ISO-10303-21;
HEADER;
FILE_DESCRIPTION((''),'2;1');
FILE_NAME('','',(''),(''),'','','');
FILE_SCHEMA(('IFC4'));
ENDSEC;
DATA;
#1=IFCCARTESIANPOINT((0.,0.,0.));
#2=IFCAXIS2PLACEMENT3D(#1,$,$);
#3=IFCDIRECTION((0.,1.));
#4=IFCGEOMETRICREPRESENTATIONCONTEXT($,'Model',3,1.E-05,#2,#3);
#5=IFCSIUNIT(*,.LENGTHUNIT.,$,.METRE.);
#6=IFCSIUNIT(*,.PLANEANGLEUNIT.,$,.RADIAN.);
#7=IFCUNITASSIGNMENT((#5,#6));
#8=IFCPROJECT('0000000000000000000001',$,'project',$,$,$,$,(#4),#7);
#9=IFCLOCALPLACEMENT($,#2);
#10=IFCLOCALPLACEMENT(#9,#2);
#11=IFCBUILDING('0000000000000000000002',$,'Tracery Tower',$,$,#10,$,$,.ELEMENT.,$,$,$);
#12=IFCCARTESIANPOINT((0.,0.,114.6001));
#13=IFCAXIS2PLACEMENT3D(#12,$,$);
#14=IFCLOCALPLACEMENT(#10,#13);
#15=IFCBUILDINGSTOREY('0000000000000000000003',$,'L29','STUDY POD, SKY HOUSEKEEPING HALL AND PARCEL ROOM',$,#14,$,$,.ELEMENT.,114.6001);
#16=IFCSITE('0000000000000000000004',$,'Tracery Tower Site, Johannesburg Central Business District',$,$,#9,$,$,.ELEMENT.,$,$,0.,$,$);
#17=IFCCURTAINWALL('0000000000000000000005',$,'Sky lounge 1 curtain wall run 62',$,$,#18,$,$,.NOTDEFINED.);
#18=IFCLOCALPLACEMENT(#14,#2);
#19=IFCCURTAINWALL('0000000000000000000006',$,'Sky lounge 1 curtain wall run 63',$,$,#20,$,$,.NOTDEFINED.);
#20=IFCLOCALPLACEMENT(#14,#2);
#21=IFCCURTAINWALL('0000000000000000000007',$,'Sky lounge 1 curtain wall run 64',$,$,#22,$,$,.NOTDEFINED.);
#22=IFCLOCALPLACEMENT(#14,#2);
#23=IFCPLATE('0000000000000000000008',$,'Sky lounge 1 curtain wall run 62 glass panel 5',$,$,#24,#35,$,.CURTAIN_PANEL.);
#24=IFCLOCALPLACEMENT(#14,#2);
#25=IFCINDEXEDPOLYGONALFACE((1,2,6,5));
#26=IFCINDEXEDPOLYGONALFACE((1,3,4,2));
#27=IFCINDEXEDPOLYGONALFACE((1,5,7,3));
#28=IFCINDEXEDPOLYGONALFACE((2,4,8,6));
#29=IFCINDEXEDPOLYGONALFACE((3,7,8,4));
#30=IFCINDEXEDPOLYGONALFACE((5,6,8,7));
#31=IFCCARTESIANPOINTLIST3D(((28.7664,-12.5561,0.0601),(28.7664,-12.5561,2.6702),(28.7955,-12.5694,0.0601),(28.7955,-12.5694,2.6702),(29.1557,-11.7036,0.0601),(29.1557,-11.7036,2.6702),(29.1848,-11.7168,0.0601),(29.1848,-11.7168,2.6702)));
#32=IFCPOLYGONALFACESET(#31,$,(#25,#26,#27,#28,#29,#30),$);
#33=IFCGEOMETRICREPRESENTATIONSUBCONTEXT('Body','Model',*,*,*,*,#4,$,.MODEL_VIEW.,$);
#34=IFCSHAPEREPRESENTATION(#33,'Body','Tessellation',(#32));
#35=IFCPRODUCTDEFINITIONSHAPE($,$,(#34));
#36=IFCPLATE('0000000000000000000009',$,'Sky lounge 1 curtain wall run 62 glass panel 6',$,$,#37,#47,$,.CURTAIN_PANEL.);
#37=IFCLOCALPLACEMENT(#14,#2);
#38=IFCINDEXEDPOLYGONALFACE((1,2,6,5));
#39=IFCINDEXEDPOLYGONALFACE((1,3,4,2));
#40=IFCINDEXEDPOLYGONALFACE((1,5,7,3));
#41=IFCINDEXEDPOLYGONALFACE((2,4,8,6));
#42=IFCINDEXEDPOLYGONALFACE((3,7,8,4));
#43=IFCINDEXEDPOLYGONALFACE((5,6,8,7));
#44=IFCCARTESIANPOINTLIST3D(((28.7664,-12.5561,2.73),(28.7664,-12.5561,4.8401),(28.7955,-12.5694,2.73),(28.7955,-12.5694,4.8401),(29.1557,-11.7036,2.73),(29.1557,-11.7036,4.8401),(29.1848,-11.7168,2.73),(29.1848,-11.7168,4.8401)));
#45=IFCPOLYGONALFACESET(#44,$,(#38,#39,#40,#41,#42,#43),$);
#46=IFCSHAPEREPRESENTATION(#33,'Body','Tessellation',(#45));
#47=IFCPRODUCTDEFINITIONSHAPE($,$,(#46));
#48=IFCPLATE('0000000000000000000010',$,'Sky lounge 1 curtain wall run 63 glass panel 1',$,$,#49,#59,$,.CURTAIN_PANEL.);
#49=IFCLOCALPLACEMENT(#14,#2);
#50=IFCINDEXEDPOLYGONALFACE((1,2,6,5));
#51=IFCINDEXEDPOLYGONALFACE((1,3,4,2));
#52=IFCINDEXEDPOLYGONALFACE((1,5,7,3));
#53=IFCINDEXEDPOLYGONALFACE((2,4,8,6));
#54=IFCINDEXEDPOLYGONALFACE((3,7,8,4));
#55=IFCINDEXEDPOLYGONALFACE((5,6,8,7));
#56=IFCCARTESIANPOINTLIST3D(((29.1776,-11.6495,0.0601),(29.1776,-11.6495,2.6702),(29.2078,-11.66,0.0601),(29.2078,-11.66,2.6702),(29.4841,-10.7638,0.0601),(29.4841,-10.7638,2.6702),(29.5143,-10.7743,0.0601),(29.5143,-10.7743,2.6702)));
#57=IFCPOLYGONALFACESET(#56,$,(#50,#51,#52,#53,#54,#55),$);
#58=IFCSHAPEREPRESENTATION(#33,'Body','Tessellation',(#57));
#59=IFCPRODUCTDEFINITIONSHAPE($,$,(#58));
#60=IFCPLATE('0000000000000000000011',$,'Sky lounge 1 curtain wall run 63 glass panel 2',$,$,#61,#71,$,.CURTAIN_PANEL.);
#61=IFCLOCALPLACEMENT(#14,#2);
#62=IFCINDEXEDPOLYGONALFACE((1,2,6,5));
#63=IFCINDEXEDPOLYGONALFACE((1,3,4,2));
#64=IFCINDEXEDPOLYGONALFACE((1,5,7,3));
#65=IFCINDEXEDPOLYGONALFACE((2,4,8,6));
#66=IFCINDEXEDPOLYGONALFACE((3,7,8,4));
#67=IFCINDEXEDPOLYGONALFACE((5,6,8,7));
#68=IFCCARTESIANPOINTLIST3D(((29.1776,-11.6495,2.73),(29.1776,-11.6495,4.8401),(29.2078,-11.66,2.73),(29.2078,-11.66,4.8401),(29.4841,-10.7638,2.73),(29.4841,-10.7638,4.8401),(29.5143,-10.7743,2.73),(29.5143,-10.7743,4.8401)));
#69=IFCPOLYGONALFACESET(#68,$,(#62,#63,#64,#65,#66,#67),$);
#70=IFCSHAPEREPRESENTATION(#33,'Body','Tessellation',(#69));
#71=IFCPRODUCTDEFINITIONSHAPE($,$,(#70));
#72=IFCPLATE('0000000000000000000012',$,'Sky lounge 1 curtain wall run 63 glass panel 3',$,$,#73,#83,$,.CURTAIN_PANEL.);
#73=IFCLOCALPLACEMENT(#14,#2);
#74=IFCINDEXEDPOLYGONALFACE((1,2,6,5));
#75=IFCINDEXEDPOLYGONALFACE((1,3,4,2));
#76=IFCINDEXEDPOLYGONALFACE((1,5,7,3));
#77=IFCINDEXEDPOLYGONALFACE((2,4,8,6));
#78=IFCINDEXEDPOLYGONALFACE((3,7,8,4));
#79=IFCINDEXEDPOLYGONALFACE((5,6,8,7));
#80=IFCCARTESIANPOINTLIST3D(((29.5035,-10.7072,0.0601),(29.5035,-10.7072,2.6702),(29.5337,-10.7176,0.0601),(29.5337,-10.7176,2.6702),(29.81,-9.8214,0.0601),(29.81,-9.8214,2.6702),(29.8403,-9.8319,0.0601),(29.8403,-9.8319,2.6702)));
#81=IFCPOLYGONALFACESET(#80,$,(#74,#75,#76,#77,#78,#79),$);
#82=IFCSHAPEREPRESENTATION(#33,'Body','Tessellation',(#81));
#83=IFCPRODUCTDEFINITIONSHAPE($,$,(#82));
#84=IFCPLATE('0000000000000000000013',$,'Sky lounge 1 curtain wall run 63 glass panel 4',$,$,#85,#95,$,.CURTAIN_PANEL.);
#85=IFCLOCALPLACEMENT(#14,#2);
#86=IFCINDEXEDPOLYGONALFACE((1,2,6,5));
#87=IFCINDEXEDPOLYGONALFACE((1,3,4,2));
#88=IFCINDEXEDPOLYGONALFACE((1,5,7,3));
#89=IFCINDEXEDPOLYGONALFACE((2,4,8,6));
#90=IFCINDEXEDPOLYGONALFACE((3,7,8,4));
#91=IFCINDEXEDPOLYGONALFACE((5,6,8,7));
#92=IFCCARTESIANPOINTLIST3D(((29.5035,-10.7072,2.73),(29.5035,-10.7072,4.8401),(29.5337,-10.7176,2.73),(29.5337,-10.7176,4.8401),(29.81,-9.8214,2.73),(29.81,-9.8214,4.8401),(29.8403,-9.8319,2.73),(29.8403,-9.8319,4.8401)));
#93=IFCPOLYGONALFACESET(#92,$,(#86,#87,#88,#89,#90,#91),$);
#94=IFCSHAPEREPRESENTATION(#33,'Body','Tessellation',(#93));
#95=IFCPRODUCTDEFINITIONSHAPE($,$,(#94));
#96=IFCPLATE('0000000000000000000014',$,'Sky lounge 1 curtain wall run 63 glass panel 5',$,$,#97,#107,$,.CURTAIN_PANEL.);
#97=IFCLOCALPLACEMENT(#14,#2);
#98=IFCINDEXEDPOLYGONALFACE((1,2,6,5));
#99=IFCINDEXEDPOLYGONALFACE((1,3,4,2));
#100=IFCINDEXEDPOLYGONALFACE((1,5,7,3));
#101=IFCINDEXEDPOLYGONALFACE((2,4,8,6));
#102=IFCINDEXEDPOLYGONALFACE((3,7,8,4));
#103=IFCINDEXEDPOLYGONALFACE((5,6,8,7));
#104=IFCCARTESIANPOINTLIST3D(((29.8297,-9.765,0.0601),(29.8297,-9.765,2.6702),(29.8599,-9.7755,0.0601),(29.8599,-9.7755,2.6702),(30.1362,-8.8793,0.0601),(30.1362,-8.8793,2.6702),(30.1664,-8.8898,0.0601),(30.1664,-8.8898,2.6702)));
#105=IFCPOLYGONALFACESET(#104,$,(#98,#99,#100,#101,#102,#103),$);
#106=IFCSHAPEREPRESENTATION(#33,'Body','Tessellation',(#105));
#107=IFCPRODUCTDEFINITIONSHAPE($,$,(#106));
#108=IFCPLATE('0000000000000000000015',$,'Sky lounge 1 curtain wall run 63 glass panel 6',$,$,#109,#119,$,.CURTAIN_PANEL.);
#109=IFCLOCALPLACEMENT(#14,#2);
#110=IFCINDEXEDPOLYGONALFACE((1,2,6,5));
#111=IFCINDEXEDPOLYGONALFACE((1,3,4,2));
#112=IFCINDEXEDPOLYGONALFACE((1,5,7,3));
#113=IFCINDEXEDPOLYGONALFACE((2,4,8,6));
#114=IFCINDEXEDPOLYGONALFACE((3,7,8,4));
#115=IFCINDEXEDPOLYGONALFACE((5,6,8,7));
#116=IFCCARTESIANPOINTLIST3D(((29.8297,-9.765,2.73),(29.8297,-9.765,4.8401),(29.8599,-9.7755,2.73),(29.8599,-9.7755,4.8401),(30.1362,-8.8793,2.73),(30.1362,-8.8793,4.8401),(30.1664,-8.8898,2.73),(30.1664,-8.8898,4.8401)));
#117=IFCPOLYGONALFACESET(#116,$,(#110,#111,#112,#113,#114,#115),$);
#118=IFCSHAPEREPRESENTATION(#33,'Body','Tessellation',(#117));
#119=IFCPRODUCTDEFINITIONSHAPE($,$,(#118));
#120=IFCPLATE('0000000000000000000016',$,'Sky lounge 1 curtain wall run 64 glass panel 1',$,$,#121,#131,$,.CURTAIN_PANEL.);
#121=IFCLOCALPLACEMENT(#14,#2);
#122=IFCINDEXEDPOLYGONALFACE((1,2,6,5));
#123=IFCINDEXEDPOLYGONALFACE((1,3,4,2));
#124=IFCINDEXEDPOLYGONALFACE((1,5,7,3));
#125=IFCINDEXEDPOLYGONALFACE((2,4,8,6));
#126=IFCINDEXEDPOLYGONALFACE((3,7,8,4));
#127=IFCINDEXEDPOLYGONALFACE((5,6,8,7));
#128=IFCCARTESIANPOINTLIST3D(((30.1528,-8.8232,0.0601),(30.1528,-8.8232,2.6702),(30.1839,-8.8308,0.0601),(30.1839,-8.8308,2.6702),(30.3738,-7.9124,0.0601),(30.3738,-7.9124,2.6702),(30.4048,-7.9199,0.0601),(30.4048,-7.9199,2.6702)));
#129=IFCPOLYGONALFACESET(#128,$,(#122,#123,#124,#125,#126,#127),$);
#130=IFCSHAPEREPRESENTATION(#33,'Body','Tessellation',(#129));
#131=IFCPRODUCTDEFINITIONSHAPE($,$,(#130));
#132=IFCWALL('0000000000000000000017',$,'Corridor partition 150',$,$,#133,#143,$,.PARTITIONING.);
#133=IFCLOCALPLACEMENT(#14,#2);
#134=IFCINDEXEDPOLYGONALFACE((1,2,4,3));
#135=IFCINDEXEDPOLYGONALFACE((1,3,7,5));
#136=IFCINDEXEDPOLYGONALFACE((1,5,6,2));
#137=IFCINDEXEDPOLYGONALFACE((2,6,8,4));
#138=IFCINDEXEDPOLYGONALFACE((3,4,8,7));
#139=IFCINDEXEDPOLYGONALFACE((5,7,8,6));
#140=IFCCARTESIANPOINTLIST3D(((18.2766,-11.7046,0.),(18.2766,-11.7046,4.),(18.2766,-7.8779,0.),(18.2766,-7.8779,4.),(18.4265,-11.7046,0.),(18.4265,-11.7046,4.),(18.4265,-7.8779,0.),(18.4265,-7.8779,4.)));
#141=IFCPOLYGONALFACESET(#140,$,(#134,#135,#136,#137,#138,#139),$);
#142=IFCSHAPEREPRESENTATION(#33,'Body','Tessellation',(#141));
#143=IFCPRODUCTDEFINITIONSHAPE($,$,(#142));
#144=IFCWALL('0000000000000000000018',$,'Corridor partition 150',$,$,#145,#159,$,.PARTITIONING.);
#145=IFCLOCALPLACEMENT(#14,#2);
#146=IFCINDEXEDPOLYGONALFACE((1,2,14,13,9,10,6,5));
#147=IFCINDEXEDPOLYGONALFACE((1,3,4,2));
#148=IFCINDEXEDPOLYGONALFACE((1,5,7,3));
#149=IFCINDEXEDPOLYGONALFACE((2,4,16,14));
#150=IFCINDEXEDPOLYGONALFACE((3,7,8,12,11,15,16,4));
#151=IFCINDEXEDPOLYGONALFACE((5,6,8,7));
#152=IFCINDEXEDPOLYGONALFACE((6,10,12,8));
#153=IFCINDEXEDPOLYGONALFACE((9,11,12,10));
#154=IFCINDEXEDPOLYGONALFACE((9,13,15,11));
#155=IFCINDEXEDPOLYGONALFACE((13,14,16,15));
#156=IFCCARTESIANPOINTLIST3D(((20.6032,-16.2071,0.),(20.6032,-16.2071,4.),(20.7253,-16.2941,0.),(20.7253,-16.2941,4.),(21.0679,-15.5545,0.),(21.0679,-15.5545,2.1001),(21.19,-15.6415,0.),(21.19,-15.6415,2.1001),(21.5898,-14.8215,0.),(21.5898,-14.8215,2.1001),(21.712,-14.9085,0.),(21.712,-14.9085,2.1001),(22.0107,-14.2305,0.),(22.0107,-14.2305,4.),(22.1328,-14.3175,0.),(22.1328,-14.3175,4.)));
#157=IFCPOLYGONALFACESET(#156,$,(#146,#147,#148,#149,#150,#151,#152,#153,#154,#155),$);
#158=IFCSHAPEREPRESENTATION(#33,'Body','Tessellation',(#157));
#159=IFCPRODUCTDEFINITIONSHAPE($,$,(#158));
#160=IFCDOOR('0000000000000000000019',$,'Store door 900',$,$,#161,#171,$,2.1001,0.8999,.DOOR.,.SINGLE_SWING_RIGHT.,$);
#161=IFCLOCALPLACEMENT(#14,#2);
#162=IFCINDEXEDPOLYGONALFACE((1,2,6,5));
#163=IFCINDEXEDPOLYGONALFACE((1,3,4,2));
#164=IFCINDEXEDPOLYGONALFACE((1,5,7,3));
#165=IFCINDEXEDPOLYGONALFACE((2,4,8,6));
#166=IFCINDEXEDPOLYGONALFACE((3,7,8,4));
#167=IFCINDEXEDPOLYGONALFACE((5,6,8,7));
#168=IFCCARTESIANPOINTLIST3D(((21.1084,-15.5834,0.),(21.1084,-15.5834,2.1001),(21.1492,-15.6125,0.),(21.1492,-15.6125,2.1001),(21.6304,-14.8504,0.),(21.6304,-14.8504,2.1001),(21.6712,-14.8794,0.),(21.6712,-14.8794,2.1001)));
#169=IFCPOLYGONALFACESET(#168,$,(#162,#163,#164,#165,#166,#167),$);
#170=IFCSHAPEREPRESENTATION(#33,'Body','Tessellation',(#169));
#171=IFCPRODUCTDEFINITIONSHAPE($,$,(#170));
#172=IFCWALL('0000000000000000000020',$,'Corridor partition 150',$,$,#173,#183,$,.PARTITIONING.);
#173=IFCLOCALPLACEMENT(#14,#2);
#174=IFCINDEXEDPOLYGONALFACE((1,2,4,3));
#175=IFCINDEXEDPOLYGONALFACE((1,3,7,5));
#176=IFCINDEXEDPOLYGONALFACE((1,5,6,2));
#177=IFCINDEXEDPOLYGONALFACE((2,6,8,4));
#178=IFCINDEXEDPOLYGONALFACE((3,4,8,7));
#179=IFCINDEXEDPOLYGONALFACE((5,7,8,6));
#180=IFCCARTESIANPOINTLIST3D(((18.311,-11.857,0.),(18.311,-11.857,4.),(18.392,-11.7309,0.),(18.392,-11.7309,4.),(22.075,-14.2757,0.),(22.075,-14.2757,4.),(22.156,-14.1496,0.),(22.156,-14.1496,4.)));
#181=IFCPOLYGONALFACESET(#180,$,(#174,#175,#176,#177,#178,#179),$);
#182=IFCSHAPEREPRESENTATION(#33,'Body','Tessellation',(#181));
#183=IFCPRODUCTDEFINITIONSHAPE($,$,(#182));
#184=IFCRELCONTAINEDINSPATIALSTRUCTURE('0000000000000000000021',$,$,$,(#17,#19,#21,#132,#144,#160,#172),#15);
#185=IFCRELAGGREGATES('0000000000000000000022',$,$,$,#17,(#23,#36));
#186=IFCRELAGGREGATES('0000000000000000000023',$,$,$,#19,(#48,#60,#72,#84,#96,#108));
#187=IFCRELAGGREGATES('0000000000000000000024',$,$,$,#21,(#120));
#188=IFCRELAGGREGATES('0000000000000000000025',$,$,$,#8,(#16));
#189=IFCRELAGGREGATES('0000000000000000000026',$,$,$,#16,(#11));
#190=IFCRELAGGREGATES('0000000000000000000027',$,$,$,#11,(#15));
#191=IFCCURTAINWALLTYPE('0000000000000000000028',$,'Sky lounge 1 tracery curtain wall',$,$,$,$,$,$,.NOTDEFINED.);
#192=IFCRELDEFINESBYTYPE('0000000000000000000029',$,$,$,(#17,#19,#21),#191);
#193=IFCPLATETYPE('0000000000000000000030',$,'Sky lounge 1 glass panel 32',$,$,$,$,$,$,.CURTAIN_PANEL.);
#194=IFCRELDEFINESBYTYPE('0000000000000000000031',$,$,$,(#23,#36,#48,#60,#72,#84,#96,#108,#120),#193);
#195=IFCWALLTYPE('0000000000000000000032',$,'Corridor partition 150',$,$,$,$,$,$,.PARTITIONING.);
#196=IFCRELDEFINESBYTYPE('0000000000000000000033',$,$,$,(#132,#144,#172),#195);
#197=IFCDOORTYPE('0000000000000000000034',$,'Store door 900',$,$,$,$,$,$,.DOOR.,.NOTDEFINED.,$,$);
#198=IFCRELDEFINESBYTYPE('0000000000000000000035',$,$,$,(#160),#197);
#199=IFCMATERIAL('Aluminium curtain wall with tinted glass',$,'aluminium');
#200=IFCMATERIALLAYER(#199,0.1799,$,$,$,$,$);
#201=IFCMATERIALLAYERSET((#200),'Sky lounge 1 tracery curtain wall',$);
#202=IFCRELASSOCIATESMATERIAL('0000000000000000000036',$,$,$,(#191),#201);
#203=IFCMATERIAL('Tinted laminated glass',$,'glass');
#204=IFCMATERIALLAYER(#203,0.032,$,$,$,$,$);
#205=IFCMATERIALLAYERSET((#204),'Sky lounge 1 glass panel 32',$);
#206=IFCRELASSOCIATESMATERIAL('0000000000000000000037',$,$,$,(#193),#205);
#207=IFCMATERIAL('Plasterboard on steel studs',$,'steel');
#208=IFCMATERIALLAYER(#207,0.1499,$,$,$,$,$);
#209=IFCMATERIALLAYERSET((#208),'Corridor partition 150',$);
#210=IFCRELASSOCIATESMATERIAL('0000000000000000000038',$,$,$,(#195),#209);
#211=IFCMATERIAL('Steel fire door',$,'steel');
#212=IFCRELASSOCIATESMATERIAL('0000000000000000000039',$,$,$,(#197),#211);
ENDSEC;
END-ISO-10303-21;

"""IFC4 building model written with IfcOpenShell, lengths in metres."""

from ifc_helpers import new_model, si_unit, direction, frame, frame_2d, origin, origin_2d, place, context, subcontext, project, spatial, rectangle, extrude, material, layer, layer_set, type_object, element, fill, aggregate, save


model = new_model("IFC4")

# Units and contexts
model_context = context("Model", 3, precision=1e-05, world=origin(), true_north=direction((0.0, 1.0)))
body_context = subcontext(model_context, "Body", "Model", "MODEL_VIEW")
ifc_project = project(units=[si_unit("LENGTHUNIT", "METRE"), si_unit("PLANEANGLEUNIT", "RADIAN")], contexts=[model_context])

# Site, building, storey
site_placement = place(None, origin())
site = spatial("IfcSite", under=ifc_project, at=site_placement, Name="Tracery Tower Site, Johannesburg Central Business District", CompositionType="ELEMENT", RefElevation=0.0)
building_placement = place(site_placement, origin())
building = spatial("IfcBuilding", under=site, at=building_placement, Name="Tracery Tower", CompositionType="ELEMENT")
storey_placement = place(building_placement, frame((0.0, 0.0, 114.6001)))
storey = spatial("IfcBuildingStorey", under=building, at=storey_placement, Name="L29", Description="STUDY POD, SKY HOUSEKEEPING HALL AND PARCEL ROOM", CompositionType="ELEMENT", Elevation=114.6001)

# Curtain walls
ifc_material_1 = material(Name="Aluminium curtain wall with tinted glass", Category="aluminium")
ifc_layer_1 = layer(ifc_material_1, 0.1799)
ifc_layer_set_1 = layer_set([ifc_layer_1], Name="Sky lounge 1 tracery curtain wall")
curtain_wall_type = type_object("IfcCurtainWallType", Name="Sky lounge 1 tracery curtain wall", PredefinedType="NOTDEFINED", material=ifc_layer_set_1)
curtain_wall_1_placement = place(storey_placement, origin())
curtain_wall_1 = element("IfcCurtainWall", 1, at=curtain_wall_1_placement, inside=storey, type_object=curtain_wall_type, Name="Sky lounge 1 curtain wall run 62", PredefinedType="NOTDEFINED")
curtain_wall_2_placement = place(storey_placement, origin())
curtain_wall_2 = element("IfcCurtainWall", 2, at=curtain_wall_2_placement, inside=storey, type_object=curtain_wall_type, Name="Sky lounge 1 curtain wall run 63", PredefinedType="NOTDEFINED")

# Curtain wall
curtain_wall_3_placement = place(storey_placement, origin())
curtain_wall_3 = element("IfcCurtainWall", 3, at=curtain_wall_3_placement, inside=storey, type_object=curtain_wall_type, Name="Sky lounge 1 curtain wall run 64", PredefinedType="NOTDEFINED")

# Plates
ifc_material_2 = material(Name="Tinted laminated glass", Category="glass")
ifc_layer_2 = layer(ifc_material_2, 0.032)
ifc_layer_set_2 = layer_set([ifc_layer_2], Name="Sky lounge 1 glass panel 32")
plate_type = type_object("IfcPlateType", Name="Sky lounge 1 glass panel 32", PredefinedType="CURTAIN_PANEL", material=ifc_layer_set_2)
plate_1_placement = place(storey_placement, frame((28.9756, -12.1365, 0.0601), z_axis=(0.0, 0.0, 1.0), x_axis=(0.415415, 0.909632, 0.0)))
plate_1 = element("IfcPlate", 4, at=plate_1_placement, type_object=plate_type, Name="Sky lounge 1 curtain wall run 62 glass panel 5", PredefinedType="CURTAIN_PANEL", context=body_context, shape_type="SweptSolid", body=[
    extrude(rectangle(XDim=0.9373, YDim=0.032, at=origin_2d()), origin(), (0.0, 0.0, 1.0), 2.6101),
])
plate_2_placement = place(storey_placement, frame((28.9756, -12.1365, 2.73), z_axis=(0.0, 0.0, 1.0), x_axis=(0.415415, 0.909632, 0.0)))
plate_2 = element("IfcPlate", 5, at=plate_2_placement, type_object=plate_type, Name="Sky lounge 1 curtain wall run 62 glass panel 6", PredefinedType="CURTAIN_PANEL", context=body_context, shape_type="SweptSolid", body=[
    extrude(rectangle(XDim=0.9373, YDim=0.032, at=origin_2d()), origin(), (0.0, 0.0, 1.0), 2.1101),
])
aggregate(curtain_wall_1, [plate_1, plate_2])
plate_3_placement = place(storey_placement, frame((29.3459, -11.2119, 0.0601), z_axis=(0.0, 0.0, 1.0), x_axis=(0.327068, 0.945001, 0.0)))
plate_3 = element("IfcPlate", 6, at=plate_3_placement, type_object=plate_type, Name="Sky lounge 1 curtain wall run 63 glass panel 1", PredefinedType="CURTAIN_PANEL", context=body_context, shape_type="SweptSolid", body=[
    extrude(rectangle(XDim=0.9373, YDim=0.032, at=origin_2d()), origin(), (0.0, 0.0, 1.0), 2.6101),
])
plate_4_placement = place(storey_placement, frame((29.3459, -11.2119, 2.73), z_axis=(0.0, 0.0, 1.0), x_axis=(0.327068, 0.945001, 0.0)))
plate_4 = element("IfcPlate", 7, at=plate_4_placement, type_object=plate_type, Name="Sky lounge 1 curtain wall run 63 glass panel 2", PredefinedType="CURTAIN_PANEL", context=body_context, shape_type="SweptSolid", body=[
    extrude(rectangle(XDim=0.9373, YDim=0.032, at=origin_2d()), origin(), (0.0, 0.0, 1.0), 2.1101),
])
plate_5_placement = place(storey_placement, frame((29.6719, -10.2695, 0.0601), z_axis=(0.0, 0.0, 1.0), x_axis=(0.327068, 0.945001, 0.0)))
plate_5 = element("IfcPlate", 8, at=plate_5_placement, type_object=plate_type, Name="Sky lounge 1 curtain wall run 63 glass panel 3", PredefinedType="CURTAIN_PANEL", context=body_context, shape_type="SweptSolid", body=[
    extrude(rectangle(XDim=0.9373, YDim=0.032, at=origin_2d()), origin(), (0.0, 0.0, 1.0), 2.6101),
])
plate_6_placement = place(storey_placement, frame((29.6719, -10.2695, 2.73), z_axis=(0.0, 0.0, 1.0), x_axis=(0.327068, 0.945001, 0.0)))
plate_6 = element("IfcPlate", 9, at=plate_6_placement, type_object=plate_type, Name="Sky lounge 1 curtain wall run 63 glass panel 4", PredefinedType="CURTAIN_PANEL", context=body_context, shape_type="SweptSolid", body=[
    extrude(rectangle(XDim=0.9373, YDim=0.032, at=origin_2d()), origin(), (0.0, 0.0, 1.0), 2.1101),
])
plate_7_placement = place(storey_placement, frame((29.998, -9.3274, 0.0601), z_axis=(0.0, 0.0, 1.0), x_axis=(0.327068, 0.945001, 0.0)))
plate_7 = element("IfcPlate", 10, at=plate_7_placement, type_object=plate_type, Name="Sky lounge 1 curtain wall run 63 glass panel 5", PredefinedType="CURTAIN_PANEL", context=body_context, shape_type="SweptSolid", body=[
    extrude(rectangle(XDim=0.9373, YDim=0.032, at=origin_2d()), origin(), (0.0, 0.0, 1.0), 2.6101),
])
plate_8_placement = place(storey_placement, frame((29.998, -9.3274, 2.73), z_axis=(0.0, 0.0, 1.0), x_axis=(0.327068, 0.945001, 0.0)))
plate_8 = element("IfcPlate", 11, at=plate_8_placement, type_object=plate_type, Name="Sky lounge 1 curtain wall run 63 glass panel 6", PredefinedType="CURTAIN_PANEL", context=body_context, shape_type="SweptSolid", body=[
    extrude(rectangle(XDim=0.9373, YDim=0.032, at=origin_2d()), origin(), (0.0, 0.0, 1.0), 2.1101),
])
aggregate(curtain_wall_2, [plate_3, plate_4, plate_5, plate_6, plate_7, plate_8])
plate_9_placement = place(storey_placement, frame((30.2788, -8.3716, 0.0601), z_axis=(0.0, 0.0, 1.0), x_axis=(0.235759, 0.971812, 0.0)))
plate_9 = element("IfcPlate", 12, at=plate_9_placement, type_object=plate_type, Name="Sky lounge 1 curtain wall run 64 glass panel 1", PredefinedType="CURTAIN_PANEL", context=body_context, shape_type="SweptSolid", body=[
    extrude(rectangle(XDim=0.9373, YDim=0.032, at=origin_2d()), origin(), (0.0, 0.0, 1.0), 2.6101),
])
aggregate(curtain_wall_3, [plate_9])

# Wall
ifc_material_3 = material(Name="Plasterboard on steel studs", Category="steel")
ifc_layer_3 = layer(ifc_material_3, 0.1499)
ifc_layer_set_3 = layer_set([ifc_layer_3], Name="Corridor partition 150")
wall_type = type_object("IfcWallType", Name="Corridor partition 150", PredefinedType="PARTITIONING", material=ifc_layer_set_3)
wall_1_placement = place(storey_placement, frame((18.3516, -11.7046, 0.0), z_axis=(0.0, 0.0, 1.0), x_axis=(0.0, 1.0, 0.0)))
element("IfcWall", 13, at=wall_1_placement, inside=storey, type_object=wall_type, Name="Corridor partition 150", PredefinedType="PARTITIONING", context=body_context, shape_type="SweptSolid", body=[
    extrude(rectangle(XDim=3.8267, YDim=0.1499, at=frame_2d((1.9133, 0.0))), origin(), (0.0, 0.0, 1.0), 4.0),
])

# Wall, opening, door
wall_2_placement = place(storey_placement, frame((22.0718, -14.2739, 0.0), z_axis=(0.0, 0.0, 1.0), x_axis=(-0.580048, -0.814582, 0.0)))
wall_2 = element("IfcWall", 14, at=wall_2_placement, inside=storey, type_object=wall_type, Name="Corridor partition 150", PredefinedType="PARTITIONING", context=body_context, shape_type="SweptSolid", body=[
    extrude(rectangle(XDim=2.4265, YDim=0.1499, at=frame_2d((1.2134, 0.0))), origin(), (0.0, 0.0, 1.0), 4.0),
])
opening_placement = place(wall_2_placement, frame((0.7256, 0.0, 0.0)))
opening = element("IfcOpeningElement", 15, at=opening_placement, cuts=wall_2, PredefinedType="OPENING", context=body_context, shape_type="SweptSolid", body=[
    extrude(rectangle(XDim=0.8999, YDim=2.1001, at=frame_2d((0.45, 1.05))), frame((0.0, 0.075, 0.0), z_axis=(0.0, -1.0, 0.0), x_axis=(1.0, 0.0, 0.0)), (0.0, 0.0, 1.0), 0.1499),
])
ifc_material_4 = material(Name="Steel fire door", Category="steel")
door_type = type_object("IfcDoorType", Name="Store door 900", OperationType="NOTDEFINED", PredefinedType="DOOR", material=ifc_material_4)
door_placement = place(opening_placement, origin())
door = element("IfcDoor", 16, at=door_placement, inside=storey, type_object=door_type, Name="Store door 900", OperationType="SINGLE_SWING_RIGHT", OverallHeight=2.1001, OverallWidth=0.8999, PredefinedType="DOOR", context=body_context, shape_type="SweptSolid", body=[
    extrude(rectangle(XDim=0.8999, YDim=2.1001, at=frame_2d((0.45, 1.05))), frame((0.0, 0.0249, 0.0), z_axis=(0.0, -1.0, 0.0), x_axis=(1.0, 0.0, 0.0)), (0.0, 0.0, 1.0), 0.05),
])
fill(opening, door)

# Wall
wall_3_placement = place(storey_placement, frame((22.1155, -14.2126, 0.0), z_axis=(0.0, 0.0, 1.0), x_axis=(-0.841276, 0.540606, 0.0)))
element("IfcWall", 17, at=wall_3_placement, inside=storey, type_object=wall_type, Name="Corridor partition 150", PredefinedType="PARTITIONING", context=body_context, shape_type="SweptSolid", body=[
    extrude(rectangle(XDim=4.4741, YDim=0.1499, at=frame_2d((2.2371, 0.0))), origin(), (0.0, 0.0, 1.0), 4.0),
])

save(model, "model.ifc")
